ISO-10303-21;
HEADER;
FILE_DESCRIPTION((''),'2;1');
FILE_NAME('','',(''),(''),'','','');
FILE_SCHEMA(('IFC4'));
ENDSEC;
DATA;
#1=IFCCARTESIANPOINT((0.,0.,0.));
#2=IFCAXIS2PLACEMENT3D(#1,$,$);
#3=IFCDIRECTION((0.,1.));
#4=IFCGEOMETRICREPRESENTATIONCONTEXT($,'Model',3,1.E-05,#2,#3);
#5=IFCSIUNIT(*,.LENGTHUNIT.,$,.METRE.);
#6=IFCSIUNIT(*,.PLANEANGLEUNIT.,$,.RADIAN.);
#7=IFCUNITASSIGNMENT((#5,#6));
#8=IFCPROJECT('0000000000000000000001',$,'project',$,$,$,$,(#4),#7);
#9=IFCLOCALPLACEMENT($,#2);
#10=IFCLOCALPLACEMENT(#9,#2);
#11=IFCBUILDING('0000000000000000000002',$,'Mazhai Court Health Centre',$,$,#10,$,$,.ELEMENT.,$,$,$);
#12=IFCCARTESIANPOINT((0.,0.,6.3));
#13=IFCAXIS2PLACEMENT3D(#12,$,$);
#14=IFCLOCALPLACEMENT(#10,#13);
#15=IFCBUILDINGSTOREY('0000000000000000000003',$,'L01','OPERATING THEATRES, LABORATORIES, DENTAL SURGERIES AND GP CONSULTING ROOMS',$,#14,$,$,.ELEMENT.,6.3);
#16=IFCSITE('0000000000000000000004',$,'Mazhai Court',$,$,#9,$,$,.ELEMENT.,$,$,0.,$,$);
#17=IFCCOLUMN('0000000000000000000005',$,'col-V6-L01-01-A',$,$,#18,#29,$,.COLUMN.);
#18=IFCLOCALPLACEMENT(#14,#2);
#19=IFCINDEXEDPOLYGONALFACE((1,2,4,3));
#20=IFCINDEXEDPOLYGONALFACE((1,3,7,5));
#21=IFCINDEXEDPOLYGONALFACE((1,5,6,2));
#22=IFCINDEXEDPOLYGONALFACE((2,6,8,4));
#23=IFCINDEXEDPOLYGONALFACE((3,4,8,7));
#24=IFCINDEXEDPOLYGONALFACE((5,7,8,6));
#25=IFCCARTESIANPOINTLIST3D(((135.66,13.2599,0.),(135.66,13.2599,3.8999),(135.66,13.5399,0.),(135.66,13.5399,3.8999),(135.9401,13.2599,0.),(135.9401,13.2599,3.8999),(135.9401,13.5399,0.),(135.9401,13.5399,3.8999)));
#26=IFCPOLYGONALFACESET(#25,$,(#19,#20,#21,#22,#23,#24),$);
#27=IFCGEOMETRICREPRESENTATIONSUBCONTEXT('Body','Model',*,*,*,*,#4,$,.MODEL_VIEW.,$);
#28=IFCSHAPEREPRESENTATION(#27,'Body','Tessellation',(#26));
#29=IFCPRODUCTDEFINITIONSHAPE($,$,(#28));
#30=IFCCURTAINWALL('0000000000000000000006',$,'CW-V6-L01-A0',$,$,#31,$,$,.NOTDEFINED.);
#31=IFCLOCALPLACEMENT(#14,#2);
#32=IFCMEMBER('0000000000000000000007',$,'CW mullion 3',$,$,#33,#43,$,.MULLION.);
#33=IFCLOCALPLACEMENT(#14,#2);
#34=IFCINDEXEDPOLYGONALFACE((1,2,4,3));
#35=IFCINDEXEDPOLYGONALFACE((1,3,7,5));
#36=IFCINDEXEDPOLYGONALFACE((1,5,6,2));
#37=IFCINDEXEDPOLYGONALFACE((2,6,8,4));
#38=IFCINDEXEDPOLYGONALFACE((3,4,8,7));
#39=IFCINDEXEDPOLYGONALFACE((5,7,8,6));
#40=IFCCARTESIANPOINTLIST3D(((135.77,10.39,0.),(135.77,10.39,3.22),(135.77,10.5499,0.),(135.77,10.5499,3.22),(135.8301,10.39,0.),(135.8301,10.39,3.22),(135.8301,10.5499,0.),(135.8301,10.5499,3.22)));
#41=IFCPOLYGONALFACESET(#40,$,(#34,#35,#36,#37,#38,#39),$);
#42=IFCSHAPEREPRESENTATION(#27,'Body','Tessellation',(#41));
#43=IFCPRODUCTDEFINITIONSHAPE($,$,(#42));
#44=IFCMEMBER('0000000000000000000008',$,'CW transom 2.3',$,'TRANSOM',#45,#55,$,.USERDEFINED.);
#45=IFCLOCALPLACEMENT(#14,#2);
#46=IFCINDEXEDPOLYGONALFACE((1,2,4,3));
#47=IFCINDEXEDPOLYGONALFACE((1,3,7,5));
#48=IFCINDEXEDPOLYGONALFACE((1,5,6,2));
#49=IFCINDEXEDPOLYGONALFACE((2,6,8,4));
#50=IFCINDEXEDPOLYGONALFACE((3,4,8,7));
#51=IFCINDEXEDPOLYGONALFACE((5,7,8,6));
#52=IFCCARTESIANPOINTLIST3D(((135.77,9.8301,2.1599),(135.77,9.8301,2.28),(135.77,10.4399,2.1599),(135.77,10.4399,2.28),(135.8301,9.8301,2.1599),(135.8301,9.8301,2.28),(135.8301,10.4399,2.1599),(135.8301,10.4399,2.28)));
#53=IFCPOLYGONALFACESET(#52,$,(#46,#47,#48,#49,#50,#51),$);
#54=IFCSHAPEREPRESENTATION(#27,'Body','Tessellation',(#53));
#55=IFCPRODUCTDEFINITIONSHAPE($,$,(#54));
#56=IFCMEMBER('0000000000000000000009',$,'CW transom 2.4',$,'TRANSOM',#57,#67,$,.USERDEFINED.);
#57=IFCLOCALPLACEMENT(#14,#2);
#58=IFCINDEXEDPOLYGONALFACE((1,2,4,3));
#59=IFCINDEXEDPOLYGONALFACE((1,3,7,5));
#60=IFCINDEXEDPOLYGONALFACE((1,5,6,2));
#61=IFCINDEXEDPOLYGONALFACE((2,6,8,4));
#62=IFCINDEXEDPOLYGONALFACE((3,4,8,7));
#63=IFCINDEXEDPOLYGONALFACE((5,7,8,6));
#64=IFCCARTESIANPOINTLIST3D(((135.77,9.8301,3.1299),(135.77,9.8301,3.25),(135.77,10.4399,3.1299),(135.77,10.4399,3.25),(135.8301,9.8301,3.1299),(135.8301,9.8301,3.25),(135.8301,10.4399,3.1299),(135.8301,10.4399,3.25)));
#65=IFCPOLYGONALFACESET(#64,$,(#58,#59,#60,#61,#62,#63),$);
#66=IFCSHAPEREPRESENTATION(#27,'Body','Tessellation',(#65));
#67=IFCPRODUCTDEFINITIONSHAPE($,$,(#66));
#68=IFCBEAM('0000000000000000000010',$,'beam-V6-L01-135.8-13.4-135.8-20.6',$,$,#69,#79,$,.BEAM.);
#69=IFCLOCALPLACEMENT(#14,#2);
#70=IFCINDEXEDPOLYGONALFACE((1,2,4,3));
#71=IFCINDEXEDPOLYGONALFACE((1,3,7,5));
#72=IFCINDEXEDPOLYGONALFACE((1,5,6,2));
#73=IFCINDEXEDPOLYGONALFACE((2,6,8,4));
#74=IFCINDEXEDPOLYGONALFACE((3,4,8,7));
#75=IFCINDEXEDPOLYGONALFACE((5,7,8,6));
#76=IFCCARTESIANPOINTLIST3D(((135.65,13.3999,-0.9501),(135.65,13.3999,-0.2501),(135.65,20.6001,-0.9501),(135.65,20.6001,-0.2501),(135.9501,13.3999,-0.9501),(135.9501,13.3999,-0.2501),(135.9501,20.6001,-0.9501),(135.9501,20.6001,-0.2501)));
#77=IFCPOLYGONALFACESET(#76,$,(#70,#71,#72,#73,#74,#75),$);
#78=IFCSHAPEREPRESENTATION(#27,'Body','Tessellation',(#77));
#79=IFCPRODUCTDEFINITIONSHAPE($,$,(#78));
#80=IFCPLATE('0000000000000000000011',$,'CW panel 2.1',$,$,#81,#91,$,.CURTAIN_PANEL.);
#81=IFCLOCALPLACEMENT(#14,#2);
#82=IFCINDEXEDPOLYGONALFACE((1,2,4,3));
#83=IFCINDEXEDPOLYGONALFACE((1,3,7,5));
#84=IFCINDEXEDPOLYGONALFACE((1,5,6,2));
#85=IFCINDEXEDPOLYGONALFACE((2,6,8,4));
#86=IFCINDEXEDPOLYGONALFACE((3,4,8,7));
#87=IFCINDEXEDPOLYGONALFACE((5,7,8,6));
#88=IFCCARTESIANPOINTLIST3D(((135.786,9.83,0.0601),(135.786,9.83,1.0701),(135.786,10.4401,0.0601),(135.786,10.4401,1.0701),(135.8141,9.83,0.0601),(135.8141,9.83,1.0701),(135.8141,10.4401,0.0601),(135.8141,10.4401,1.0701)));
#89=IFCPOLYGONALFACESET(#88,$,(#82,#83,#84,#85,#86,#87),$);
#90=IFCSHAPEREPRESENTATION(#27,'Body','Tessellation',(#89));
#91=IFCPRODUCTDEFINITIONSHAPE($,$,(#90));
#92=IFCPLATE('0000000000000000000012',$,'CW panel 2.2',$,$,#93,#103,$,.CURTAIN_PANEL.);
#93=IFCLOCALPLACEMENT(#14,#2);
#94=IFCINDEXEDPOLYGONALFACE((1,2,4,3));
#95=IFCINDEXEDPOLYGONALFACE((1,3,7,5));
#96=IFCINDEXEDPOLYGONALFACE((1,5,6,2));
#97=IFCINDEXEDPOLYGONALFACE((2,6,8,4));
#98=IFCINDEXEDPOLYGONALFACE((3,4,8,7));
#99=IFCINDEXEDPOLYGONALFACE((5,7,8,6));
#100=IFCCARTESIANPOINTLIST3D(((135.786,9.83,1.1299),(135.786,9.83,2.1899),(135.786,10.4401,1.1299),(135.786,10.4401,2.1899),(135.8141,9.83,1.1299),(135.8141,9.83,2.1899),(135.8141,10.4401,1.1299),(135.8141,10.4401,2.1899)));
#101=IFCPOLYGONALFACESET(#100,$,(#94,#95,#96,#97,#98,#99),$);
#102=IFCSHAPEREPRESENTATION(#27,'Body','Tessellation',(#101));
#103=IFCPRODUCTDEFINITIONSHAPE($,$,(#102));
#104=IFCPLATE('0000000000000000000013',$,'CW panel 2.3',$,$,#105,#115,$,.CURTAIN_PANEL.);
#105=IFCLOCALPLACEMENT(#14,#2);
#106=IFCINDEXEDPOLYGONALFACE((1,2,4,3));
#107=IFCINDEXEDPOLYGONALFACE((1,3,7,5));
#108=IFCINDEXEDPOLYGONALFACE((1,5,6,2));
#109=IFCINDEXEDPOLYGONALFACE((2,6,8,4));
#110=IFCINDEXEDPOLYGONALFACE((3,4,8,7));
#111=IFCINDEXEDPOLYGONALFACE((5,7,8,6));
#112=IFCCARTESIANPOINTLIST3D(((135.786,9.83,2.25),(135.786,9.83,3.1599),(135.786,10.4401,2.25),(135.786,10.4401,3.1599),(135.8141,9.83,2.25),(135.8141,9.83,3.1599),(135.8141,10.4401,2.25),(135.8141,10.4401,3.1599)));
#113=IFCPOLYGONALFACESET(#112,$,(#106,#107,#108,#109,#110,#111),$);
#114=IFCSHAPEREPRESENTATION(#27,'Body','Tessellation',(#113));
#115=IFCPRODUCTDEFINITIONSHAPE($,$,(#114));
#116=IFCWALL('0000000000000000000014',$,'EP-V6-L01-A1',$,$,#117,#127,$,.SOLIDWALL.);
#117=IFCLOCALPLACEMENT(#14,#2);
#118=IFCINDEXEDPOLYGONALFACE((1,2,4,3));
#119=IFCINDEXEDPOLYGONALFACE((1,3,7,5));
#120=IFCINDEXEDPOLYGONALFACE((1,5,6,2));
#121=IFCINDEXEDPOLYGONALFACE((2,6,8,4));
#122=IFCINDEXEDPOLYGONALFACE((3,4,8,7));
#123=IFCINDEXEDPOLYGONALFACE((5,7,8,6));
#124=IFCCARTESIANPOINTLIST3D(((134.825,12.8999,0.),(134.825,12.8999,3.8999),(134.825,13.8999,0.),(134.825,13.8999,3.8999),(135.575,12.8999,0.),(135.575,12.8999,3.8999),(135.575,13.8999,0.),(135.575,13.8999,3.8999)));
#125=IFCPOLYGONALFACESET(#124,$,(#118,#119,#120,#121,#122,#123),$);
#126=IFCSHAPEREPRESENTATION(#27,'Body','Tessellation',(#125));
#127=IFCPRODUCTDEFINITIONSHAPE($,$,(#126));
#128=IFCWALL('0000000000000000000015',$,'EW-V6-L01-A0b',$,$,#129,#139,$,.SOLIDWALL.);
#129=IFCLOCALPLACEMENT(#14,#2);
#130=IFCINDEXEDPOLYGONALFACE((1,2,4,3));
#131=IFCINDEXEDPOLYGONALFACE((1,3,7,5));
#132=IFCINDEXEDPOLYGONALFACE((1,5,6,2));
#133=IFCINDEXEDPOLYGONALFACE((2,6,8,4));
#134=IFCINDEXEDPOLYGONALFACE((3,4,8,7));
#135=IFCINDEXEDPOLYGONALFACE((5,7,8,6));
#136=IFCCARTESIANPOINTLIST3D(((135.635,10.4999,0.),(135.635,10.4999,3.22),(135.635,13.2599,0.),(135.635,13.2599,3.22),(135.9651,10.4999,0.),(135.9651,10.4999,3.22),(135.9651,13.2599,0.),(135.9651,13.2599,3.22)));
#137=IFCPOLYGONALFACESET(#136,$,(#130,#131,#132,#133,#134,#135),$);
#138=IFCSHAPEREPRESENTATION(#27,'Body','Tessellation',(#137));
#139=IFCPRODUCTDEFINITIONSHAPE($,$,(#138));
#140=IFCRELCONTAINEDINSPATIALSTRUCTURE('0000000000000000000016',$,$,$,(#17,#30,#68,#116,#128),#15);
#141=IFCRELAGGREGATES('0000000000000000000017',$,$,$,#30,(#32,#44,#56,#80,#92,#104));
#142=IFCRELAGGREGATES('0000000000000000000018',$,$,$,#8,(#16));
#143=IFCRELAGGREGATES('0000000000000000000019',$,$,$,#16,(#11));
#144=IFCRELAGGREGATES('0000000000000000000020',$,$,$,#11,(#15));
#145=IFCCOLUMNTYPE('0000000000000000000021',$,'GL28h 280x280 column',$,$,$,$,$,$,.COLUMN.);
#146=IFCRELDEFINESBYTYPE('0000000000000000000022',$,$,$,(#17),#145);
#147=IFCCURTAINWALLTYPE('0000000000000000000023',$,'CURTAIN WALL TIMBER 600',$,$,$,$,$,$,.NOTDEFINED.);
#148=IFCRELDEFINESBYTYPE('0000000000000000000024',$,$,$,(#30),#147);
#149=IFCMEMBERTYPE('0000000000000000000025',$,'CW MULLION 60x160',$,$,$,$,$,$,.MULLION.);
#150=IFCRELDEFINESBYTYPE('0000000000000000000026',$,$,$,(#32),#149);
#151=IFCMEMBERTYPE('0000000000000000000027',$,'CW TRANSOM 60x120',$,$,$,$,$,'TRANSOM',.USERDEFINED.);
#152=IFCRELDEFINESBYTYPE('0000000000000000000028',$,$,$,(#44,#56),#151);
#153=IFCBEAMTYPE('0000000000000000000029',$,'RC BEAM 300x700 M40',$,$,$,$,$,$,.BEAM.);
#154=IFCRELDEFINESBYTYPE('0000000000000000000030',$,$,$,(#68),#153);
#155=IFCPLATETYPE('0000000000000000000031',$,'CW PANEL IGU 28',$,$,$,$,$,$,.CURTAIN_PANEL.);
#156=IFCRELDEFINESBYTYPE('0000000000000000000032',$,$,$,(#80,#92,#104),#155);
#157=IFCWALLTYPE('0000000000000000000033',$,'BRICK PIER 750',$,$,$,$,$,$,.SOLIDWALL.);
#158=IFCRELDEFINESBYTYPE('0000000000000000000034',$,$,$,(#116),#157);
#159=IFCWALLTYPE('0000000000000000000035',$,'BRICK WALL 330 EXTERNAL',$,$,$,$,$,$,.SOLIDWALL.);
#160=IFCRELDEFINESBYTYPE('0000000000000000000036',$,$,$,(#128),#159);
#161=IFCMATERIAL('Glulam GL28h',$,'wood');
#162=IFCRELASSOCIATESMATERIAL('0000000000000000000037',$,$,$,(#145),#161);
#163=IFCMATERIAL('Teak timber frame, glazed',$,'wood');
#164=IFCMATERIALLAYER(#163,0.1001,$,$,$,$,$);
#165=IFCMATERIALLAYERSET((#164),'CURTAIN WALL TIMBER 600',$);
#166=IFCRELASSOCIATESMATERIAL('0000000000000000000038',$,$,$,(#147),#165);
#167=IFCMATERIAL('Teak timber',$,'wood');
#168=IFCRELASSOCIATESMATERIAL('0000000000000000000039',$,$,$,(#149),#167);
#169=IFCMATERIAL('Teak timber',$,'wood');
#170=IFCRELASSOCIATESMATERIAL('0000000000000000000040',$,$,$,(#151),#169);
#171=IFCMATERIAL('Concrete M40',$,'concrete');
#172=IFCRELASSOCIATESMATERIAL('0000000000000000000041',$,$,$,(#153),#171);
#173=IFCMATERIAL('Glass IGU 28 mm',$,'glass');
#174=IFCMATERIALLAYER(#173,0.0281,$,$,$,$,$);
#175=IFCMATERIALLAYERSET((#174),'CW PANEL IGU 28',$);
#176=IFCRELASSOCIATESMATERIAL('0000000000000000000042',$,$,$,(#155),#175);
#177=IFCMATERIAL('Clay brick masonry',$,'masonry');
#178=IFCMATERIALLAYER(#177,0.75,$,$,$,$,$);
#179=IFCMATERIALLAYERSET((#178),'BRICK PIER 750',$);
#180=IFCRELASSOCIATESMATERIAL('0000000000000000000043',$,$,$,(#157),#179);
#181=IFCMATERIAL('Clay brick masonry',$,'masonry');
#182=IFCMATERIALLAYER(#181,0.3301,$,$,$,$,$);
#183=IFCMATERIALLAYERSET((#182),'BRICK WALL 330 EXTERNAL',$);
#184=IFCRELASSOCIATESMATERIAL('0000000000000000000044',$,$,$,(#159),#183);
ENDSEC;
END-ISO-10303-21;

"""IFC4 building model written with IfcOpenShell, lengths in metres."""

from ifc_helpers import new_model, si_unit, direction, frame, frame_2d, origin, origin_2d, place, context, subcontext, project, spatial, rectangle, extrude, material, layer, layer_set, material_profile, profile_set, type_object, element, aggregate, save


model = new_model("IFC4")

# Units and contexts
model_context = context("Model", 3, precision=1e-05, world=origin(), true_north=direction((0.0, 1.0)))
body_context = subcontext(model_context, "Body", "Model", "MODEL_VIEW")
ifc_project = project(units=[si_unit("LENGTHUNIT", "METRE"), si_unit("PLANEANGLEUNIT", "RADIAN")], contexts=[model_context])

# Site, building, storey
site_placement = place(None, origin())
site = spatial("IfcSite", under=ifc_project, at=site_placement, Name="Mazhai Court", CompositionType="ELEMENT", RefElevation=0.0)
building_placement = place(site_placement, origin())
building = spatial("IfcBuilding", under=site, at=building_placement, Name="Mazhai Court Health Centre", CompositionType="ELEMENT")
storey_placement = place(building_placement, frame((0.0, 0.0, 6.3)))
storey = spatial("IfcBuildingStorey", under=building, at=storey_placement, Name="L01", Description="OPERATING THEATRES, LABORATORIES, DENTAL SURGERIES AND GP CONSULTING ROOMS", CompositionType="ELEMENT", Elevation=6.3)

# Column
ifc_material_1 = material(Name="Glulam GL28h", Category="wood")
ifc_material_profile_1 = material_profile(ifc_material_1, rectangle(XDim=0.28, YDim=0.28, at=origin_2d()), Name="GL28h 280x280")
ifc_profile_set_1 = profile_set([ifc_material_profile_1], Name="Glulam GL28h")
column_type = type_object("IfcColumnType", Name="GL28h 280x280 column", PredefinedType="COLUMN", material=ifc_profile_set_1)
column_placement = place(storey_placement, frame((135.8, 13.3999, 0.0), z_axis=(0.0, 0.0, 1.0), x_axis=(1.0, 0.0, 0.0)))
element("IfcColumn", 1, at=column_placement, inside=storey, type_object=column_type, Name="col-V6-L01-01-A", PredefinedType="COLUMN", context=body_context, shape_type="SweptSolid", body=[
    extrude(rectangle(XDim=0.28, YDim=0.28, at=origin_2d()), origin(), (0.0, 0.0, 1.0), 3.8999),
])

# Curtain wall, members
ifc_material_2 = material(Name="Teak timber frame, glazed", Category="wood")
ifc_layer_1 = layer(ifc_material_2, 0.1001)
ifc_layer_set_1 = layer_set([ifc_layer_1], Name="CURTAIN WALL TIMBER 600")
curtain_wall_type = type_object("IfcCurtainWallType", Name="CURTAIN WALL TIMBER 600", PredefinedType="NOTDEFINED", material=ifc_layer_set_1)
curtain_wall_placement = place(storey_placement, origin())
curtain_wall = element("IfcCurtainWall", 2, at=curtain_wall_placement, inside=storey, type_object=curtain_wall_type, Name="CW-V6-L01-A0", PredefinedType="NOTDEFINED")
ifc_material_3 = material(Name="Teak timber", Category="wood")
ifc_material_profile_2 = material_profile(ifc_material_3, rectangle(XDim=0.0601, YDim=0.1599, at=origin_2d()), Name="CW MULLION 60x160")
ifc_profile_set_2 = profile_set([ifc_material_profile_2], Name="Teak timber")
member_type_1 = type_object("IfcMemberType", Name="CW MULLION 60x160", PredefinedType="MULLION", material=ifc_profile_set_2)
member_1_placement = place(storey_placement, frame((135.8, 10.47, 0.0), z_axis=(0.0, 0.0, 1.0), x_axis=(-1.0, 0.0, 0.0)))
member_1 = element("IfcMember", 3, at=member_1_placement, type_object=member_type_1, Name="CW mullion 3", PredefinedType="MULLION", context=body_context, shape_type="SweptSolid", body=[
    extrude(rectangle(XDim=0.0601, YDim=0.1599, at=origin_2d()), origin(), (0.0, 0.0, 1.0), 3.22),
])
ifc_material_4 = material(Name="Teak timber", Category="wood")
ifc_material_profile_3 = material_profile(ifc_material_4, rectangle(XDim=0.0601, YDim=0.1201, at=origin_2d()), Name="CW TRANSOM 60x120")
ifc_profile_set_3 = profile_set([ifc_material_profile_3], Name="Teak timber")
member_type_2 = type_object("IfcMemberType", Name="CW TRANSOM 60x120", ElementType="TRANSOM", PredefinedType="USERDEFINED", material=ifc_profile_set_3)
member_2_placement = place(storey_placement, frame((135.8, 9.8301, 2.22), z_axis=(0.0, 1.0, 0.0), x_axis=(-1.0, 0.0, 0.0)))
member_2 = element("IfcMember", 4, at=member_2_placement, type_object=member_type_2, Name="CW transom 2.3", ObjectType="TRANSOM", PredefinedType="USERDEFINED", context=body_context, shape_type="SweptSolid", body=[
    extrude(rectangle(XDim=0.0601, YDim=0.1201, at=origin_2d()), origin(), (0.0, 0.0, 1.0), 0.6099),
])
member_3_placement = place(storey_placement, frame((135.8, 9.8301, 3.1899), z_axis=(0.0, 1.0, 0.0), x_axis=(-1.0, 0.0, 0.0)))
member_3 = element("IfcMember", 5, at=member_3_placement, type_object=member_type_2, Name="CW transom 2.4", ObjectType="TRANSOM", PredefinedType="USERDEFINED", context=body_context, shape_type="SweptSolid", body=[
    extrude(rectangle(XDim=0.0601, YDim=0.1201, at=origin_2d()), origin(), (0.0, 0.0, 1.0), 0.6099),
])

# Beam
ifc_material_5 = material(Name="Concrete M40", Category="concrete")
ifc_material_profile_4 = material_profile(ifc_material_5, rectangle(XDim=0.3, YDim=0.7, at=origin_2d()), Name="RC 300x700")
ifc_profile_set_4 = profile_set([ifc_material_profile_4], Name="Concrete M40")
beam_type = type_object("IfcBeamType", Name="RC BEAM 300x700 M40", PredefinedType="BEAM", material=ifc_profile_set_4)
beam_placement = place(storey_placement, frame((135.8, 13.3999, -0.6001), z_axis=(0.0, 1.0, 0.0), x_axis=(-1.0, 0.0, 0.0)))
element("IfcBeam", 6, at=beam_placement, inside=storey, type_object=beam_type, Name="beam-V6-L01-135.8-13.4-135.8-20.6", PredefinedType="BEAM", context=body_context, shape_type="SweptSolid", body=[
    extrude(rectangle(XDim=0.3, YDim=0.7, at=origin_2d()), origin(), (0.0, 0.0, 1.0), 7.2002),
])

# Plates
ifc_material_6 = material(Name="Glass IGU 28 mm", Category="glass")
ifc_layer_2 = layer(ifc_material_6, 0.0281)
ifc_layer_set_2 = layer_set([ifc_layer_2], Name="CW PANEL IGU 28")
plate_type = type_object("IfcPlateType", Name="CW PANEL IGU 28", PredefinedType="CURTAIN_PANEL", material=ifc_layer_set_2)
plate_1_placement = place(storey_placement, frame((135.8, 10.135, 0.0601), z_axis=(0.0, 0.0, 1.0), x_axis=(0.0, 1.0, 0.0)))
plate_1 = element("IfcPlate", 7, at=plate_1_placement, type_object=plate_type, Name="CW panel 2.1", PredefinedType="CURTAIN_PANEL", context=body_context, shape_type="SweptSolid", body=[
    extrude(rectangle(XDim=0.6101, YDim=0.0281, at=origin_2d()), origin(), (0.0, 0.0, 1.0), 1.01),
])
plate_2_placement = place(storey_placement, frame((135.8, 10.135, 1.1299), z_axis=(0.0, 0.0, 1.0), x_axis=(0.0, 1.0, 0.0)))
plate_2 = element("IfcPlate", 8, at=plate_2_placement, type_object=plate_type, Name="CW panel 2.2", PredefinedType="CURTAIN_PANEL", context=body_context, shape_type="SweptSolid", body=[
    extrude(rectangle(XDim=0.6101, YDim=0.0281, at=origin_2d()), origin(), (0.0, 0.0, 1.0), 1.0601),
])
plate_3_placement = place(storey_placement, frame((135.8, 10.135, 2.25), z_axis=(0.0, 0.0, 1.0), x_axis=(0.0, 1.0, 0.0)))
plate_3 = element("IfcPlate", 9, at=plate_3_placement, type_object=plate_type, Name="CW panel 2.3", PredefinedType="CURTAIN_PANEL", context=body_context, shape_type="SweptSolid", body=[
    extrude(rectangle(XDim=0.6101, YDim=0.0281, at=origin_2d()), origin(), (0.0, 0.0, 1.0), 0.9099),
])
aggregate(curtain_wall, [member_1, member_2, member_3, plate_1, plate_2, plate_3])

# Walls
ifc_material_7 = material(Name="Clay brick masonry", Category="masonry")
ifc_layer_3 = layer(ifc_material_7, 0.75)
ifc_layer_set_3 = layer_set([ifc_layer_3], Name="BRICK PIER 750")
wall_type_1 = type_object("IfcWallType", Name="BRICK PIER 750", PredefinedType="SOLIDWALL", material=ifc_layer_set_3)
wall_1_placement = place(storey_placement, frame((135.2, 12.8999, 0.0), z_axis=(0.0, 0.0, 1.0), x_axis=(0.0, 1.0, 0.0)))
element("IfcWall", 10, at=wall_1_placement, inside=storey, type_object=wall_type_1, Name="EP-V6-L01-A1", PredefinedType="SOLIDWALL", context=body_context, shape_type="SweptSolid", body=[
    extrude(rectangle(XDim=1.0, YDim=0.75, at=frame_2d((0.5, 0.0))), origin(), (0.0, 0.0, 1.0), 3.8999),
])
ifc_material_8 = material(Name="Clay brick masonry", Category="masonry")
ifc_layer_4 = layer(ifc_material_8, 0.3301)
ifc_layer_set_4 = layer_set([ifc_layer_4], Name="BRICK WALL 330 EXTERNAL")
wall_type_2 = type_object("IfcWallType", Name="BRICK WALL 330 EXTERNAL", PredefinedType="SOLIDWALL", material=ifc_layer_set_4)
wall_2_placement = place(storey_placement, frame((135.8, 10.5, 0.0), z_axis=(0.0, 0.0, 1.0), x_axis=(0.0, 1.0, 0.0)))
element("IfcWall", 11, at=wall_2_placement, inside=storey, type_object=wall_type_2, Name="EW-V6-L01-A0b", PredefinedType="SOLIDWALL", context=body_context, shape_type="SweptSolid", body=[
    extrude(rectangle(XDim=2.76, YDim=0.3301, at=frame_2d((1.3799, 0.0))), origin(), (0.0, 0.0, 1.0), 3.22),
])

save(model, "model.ifc")
